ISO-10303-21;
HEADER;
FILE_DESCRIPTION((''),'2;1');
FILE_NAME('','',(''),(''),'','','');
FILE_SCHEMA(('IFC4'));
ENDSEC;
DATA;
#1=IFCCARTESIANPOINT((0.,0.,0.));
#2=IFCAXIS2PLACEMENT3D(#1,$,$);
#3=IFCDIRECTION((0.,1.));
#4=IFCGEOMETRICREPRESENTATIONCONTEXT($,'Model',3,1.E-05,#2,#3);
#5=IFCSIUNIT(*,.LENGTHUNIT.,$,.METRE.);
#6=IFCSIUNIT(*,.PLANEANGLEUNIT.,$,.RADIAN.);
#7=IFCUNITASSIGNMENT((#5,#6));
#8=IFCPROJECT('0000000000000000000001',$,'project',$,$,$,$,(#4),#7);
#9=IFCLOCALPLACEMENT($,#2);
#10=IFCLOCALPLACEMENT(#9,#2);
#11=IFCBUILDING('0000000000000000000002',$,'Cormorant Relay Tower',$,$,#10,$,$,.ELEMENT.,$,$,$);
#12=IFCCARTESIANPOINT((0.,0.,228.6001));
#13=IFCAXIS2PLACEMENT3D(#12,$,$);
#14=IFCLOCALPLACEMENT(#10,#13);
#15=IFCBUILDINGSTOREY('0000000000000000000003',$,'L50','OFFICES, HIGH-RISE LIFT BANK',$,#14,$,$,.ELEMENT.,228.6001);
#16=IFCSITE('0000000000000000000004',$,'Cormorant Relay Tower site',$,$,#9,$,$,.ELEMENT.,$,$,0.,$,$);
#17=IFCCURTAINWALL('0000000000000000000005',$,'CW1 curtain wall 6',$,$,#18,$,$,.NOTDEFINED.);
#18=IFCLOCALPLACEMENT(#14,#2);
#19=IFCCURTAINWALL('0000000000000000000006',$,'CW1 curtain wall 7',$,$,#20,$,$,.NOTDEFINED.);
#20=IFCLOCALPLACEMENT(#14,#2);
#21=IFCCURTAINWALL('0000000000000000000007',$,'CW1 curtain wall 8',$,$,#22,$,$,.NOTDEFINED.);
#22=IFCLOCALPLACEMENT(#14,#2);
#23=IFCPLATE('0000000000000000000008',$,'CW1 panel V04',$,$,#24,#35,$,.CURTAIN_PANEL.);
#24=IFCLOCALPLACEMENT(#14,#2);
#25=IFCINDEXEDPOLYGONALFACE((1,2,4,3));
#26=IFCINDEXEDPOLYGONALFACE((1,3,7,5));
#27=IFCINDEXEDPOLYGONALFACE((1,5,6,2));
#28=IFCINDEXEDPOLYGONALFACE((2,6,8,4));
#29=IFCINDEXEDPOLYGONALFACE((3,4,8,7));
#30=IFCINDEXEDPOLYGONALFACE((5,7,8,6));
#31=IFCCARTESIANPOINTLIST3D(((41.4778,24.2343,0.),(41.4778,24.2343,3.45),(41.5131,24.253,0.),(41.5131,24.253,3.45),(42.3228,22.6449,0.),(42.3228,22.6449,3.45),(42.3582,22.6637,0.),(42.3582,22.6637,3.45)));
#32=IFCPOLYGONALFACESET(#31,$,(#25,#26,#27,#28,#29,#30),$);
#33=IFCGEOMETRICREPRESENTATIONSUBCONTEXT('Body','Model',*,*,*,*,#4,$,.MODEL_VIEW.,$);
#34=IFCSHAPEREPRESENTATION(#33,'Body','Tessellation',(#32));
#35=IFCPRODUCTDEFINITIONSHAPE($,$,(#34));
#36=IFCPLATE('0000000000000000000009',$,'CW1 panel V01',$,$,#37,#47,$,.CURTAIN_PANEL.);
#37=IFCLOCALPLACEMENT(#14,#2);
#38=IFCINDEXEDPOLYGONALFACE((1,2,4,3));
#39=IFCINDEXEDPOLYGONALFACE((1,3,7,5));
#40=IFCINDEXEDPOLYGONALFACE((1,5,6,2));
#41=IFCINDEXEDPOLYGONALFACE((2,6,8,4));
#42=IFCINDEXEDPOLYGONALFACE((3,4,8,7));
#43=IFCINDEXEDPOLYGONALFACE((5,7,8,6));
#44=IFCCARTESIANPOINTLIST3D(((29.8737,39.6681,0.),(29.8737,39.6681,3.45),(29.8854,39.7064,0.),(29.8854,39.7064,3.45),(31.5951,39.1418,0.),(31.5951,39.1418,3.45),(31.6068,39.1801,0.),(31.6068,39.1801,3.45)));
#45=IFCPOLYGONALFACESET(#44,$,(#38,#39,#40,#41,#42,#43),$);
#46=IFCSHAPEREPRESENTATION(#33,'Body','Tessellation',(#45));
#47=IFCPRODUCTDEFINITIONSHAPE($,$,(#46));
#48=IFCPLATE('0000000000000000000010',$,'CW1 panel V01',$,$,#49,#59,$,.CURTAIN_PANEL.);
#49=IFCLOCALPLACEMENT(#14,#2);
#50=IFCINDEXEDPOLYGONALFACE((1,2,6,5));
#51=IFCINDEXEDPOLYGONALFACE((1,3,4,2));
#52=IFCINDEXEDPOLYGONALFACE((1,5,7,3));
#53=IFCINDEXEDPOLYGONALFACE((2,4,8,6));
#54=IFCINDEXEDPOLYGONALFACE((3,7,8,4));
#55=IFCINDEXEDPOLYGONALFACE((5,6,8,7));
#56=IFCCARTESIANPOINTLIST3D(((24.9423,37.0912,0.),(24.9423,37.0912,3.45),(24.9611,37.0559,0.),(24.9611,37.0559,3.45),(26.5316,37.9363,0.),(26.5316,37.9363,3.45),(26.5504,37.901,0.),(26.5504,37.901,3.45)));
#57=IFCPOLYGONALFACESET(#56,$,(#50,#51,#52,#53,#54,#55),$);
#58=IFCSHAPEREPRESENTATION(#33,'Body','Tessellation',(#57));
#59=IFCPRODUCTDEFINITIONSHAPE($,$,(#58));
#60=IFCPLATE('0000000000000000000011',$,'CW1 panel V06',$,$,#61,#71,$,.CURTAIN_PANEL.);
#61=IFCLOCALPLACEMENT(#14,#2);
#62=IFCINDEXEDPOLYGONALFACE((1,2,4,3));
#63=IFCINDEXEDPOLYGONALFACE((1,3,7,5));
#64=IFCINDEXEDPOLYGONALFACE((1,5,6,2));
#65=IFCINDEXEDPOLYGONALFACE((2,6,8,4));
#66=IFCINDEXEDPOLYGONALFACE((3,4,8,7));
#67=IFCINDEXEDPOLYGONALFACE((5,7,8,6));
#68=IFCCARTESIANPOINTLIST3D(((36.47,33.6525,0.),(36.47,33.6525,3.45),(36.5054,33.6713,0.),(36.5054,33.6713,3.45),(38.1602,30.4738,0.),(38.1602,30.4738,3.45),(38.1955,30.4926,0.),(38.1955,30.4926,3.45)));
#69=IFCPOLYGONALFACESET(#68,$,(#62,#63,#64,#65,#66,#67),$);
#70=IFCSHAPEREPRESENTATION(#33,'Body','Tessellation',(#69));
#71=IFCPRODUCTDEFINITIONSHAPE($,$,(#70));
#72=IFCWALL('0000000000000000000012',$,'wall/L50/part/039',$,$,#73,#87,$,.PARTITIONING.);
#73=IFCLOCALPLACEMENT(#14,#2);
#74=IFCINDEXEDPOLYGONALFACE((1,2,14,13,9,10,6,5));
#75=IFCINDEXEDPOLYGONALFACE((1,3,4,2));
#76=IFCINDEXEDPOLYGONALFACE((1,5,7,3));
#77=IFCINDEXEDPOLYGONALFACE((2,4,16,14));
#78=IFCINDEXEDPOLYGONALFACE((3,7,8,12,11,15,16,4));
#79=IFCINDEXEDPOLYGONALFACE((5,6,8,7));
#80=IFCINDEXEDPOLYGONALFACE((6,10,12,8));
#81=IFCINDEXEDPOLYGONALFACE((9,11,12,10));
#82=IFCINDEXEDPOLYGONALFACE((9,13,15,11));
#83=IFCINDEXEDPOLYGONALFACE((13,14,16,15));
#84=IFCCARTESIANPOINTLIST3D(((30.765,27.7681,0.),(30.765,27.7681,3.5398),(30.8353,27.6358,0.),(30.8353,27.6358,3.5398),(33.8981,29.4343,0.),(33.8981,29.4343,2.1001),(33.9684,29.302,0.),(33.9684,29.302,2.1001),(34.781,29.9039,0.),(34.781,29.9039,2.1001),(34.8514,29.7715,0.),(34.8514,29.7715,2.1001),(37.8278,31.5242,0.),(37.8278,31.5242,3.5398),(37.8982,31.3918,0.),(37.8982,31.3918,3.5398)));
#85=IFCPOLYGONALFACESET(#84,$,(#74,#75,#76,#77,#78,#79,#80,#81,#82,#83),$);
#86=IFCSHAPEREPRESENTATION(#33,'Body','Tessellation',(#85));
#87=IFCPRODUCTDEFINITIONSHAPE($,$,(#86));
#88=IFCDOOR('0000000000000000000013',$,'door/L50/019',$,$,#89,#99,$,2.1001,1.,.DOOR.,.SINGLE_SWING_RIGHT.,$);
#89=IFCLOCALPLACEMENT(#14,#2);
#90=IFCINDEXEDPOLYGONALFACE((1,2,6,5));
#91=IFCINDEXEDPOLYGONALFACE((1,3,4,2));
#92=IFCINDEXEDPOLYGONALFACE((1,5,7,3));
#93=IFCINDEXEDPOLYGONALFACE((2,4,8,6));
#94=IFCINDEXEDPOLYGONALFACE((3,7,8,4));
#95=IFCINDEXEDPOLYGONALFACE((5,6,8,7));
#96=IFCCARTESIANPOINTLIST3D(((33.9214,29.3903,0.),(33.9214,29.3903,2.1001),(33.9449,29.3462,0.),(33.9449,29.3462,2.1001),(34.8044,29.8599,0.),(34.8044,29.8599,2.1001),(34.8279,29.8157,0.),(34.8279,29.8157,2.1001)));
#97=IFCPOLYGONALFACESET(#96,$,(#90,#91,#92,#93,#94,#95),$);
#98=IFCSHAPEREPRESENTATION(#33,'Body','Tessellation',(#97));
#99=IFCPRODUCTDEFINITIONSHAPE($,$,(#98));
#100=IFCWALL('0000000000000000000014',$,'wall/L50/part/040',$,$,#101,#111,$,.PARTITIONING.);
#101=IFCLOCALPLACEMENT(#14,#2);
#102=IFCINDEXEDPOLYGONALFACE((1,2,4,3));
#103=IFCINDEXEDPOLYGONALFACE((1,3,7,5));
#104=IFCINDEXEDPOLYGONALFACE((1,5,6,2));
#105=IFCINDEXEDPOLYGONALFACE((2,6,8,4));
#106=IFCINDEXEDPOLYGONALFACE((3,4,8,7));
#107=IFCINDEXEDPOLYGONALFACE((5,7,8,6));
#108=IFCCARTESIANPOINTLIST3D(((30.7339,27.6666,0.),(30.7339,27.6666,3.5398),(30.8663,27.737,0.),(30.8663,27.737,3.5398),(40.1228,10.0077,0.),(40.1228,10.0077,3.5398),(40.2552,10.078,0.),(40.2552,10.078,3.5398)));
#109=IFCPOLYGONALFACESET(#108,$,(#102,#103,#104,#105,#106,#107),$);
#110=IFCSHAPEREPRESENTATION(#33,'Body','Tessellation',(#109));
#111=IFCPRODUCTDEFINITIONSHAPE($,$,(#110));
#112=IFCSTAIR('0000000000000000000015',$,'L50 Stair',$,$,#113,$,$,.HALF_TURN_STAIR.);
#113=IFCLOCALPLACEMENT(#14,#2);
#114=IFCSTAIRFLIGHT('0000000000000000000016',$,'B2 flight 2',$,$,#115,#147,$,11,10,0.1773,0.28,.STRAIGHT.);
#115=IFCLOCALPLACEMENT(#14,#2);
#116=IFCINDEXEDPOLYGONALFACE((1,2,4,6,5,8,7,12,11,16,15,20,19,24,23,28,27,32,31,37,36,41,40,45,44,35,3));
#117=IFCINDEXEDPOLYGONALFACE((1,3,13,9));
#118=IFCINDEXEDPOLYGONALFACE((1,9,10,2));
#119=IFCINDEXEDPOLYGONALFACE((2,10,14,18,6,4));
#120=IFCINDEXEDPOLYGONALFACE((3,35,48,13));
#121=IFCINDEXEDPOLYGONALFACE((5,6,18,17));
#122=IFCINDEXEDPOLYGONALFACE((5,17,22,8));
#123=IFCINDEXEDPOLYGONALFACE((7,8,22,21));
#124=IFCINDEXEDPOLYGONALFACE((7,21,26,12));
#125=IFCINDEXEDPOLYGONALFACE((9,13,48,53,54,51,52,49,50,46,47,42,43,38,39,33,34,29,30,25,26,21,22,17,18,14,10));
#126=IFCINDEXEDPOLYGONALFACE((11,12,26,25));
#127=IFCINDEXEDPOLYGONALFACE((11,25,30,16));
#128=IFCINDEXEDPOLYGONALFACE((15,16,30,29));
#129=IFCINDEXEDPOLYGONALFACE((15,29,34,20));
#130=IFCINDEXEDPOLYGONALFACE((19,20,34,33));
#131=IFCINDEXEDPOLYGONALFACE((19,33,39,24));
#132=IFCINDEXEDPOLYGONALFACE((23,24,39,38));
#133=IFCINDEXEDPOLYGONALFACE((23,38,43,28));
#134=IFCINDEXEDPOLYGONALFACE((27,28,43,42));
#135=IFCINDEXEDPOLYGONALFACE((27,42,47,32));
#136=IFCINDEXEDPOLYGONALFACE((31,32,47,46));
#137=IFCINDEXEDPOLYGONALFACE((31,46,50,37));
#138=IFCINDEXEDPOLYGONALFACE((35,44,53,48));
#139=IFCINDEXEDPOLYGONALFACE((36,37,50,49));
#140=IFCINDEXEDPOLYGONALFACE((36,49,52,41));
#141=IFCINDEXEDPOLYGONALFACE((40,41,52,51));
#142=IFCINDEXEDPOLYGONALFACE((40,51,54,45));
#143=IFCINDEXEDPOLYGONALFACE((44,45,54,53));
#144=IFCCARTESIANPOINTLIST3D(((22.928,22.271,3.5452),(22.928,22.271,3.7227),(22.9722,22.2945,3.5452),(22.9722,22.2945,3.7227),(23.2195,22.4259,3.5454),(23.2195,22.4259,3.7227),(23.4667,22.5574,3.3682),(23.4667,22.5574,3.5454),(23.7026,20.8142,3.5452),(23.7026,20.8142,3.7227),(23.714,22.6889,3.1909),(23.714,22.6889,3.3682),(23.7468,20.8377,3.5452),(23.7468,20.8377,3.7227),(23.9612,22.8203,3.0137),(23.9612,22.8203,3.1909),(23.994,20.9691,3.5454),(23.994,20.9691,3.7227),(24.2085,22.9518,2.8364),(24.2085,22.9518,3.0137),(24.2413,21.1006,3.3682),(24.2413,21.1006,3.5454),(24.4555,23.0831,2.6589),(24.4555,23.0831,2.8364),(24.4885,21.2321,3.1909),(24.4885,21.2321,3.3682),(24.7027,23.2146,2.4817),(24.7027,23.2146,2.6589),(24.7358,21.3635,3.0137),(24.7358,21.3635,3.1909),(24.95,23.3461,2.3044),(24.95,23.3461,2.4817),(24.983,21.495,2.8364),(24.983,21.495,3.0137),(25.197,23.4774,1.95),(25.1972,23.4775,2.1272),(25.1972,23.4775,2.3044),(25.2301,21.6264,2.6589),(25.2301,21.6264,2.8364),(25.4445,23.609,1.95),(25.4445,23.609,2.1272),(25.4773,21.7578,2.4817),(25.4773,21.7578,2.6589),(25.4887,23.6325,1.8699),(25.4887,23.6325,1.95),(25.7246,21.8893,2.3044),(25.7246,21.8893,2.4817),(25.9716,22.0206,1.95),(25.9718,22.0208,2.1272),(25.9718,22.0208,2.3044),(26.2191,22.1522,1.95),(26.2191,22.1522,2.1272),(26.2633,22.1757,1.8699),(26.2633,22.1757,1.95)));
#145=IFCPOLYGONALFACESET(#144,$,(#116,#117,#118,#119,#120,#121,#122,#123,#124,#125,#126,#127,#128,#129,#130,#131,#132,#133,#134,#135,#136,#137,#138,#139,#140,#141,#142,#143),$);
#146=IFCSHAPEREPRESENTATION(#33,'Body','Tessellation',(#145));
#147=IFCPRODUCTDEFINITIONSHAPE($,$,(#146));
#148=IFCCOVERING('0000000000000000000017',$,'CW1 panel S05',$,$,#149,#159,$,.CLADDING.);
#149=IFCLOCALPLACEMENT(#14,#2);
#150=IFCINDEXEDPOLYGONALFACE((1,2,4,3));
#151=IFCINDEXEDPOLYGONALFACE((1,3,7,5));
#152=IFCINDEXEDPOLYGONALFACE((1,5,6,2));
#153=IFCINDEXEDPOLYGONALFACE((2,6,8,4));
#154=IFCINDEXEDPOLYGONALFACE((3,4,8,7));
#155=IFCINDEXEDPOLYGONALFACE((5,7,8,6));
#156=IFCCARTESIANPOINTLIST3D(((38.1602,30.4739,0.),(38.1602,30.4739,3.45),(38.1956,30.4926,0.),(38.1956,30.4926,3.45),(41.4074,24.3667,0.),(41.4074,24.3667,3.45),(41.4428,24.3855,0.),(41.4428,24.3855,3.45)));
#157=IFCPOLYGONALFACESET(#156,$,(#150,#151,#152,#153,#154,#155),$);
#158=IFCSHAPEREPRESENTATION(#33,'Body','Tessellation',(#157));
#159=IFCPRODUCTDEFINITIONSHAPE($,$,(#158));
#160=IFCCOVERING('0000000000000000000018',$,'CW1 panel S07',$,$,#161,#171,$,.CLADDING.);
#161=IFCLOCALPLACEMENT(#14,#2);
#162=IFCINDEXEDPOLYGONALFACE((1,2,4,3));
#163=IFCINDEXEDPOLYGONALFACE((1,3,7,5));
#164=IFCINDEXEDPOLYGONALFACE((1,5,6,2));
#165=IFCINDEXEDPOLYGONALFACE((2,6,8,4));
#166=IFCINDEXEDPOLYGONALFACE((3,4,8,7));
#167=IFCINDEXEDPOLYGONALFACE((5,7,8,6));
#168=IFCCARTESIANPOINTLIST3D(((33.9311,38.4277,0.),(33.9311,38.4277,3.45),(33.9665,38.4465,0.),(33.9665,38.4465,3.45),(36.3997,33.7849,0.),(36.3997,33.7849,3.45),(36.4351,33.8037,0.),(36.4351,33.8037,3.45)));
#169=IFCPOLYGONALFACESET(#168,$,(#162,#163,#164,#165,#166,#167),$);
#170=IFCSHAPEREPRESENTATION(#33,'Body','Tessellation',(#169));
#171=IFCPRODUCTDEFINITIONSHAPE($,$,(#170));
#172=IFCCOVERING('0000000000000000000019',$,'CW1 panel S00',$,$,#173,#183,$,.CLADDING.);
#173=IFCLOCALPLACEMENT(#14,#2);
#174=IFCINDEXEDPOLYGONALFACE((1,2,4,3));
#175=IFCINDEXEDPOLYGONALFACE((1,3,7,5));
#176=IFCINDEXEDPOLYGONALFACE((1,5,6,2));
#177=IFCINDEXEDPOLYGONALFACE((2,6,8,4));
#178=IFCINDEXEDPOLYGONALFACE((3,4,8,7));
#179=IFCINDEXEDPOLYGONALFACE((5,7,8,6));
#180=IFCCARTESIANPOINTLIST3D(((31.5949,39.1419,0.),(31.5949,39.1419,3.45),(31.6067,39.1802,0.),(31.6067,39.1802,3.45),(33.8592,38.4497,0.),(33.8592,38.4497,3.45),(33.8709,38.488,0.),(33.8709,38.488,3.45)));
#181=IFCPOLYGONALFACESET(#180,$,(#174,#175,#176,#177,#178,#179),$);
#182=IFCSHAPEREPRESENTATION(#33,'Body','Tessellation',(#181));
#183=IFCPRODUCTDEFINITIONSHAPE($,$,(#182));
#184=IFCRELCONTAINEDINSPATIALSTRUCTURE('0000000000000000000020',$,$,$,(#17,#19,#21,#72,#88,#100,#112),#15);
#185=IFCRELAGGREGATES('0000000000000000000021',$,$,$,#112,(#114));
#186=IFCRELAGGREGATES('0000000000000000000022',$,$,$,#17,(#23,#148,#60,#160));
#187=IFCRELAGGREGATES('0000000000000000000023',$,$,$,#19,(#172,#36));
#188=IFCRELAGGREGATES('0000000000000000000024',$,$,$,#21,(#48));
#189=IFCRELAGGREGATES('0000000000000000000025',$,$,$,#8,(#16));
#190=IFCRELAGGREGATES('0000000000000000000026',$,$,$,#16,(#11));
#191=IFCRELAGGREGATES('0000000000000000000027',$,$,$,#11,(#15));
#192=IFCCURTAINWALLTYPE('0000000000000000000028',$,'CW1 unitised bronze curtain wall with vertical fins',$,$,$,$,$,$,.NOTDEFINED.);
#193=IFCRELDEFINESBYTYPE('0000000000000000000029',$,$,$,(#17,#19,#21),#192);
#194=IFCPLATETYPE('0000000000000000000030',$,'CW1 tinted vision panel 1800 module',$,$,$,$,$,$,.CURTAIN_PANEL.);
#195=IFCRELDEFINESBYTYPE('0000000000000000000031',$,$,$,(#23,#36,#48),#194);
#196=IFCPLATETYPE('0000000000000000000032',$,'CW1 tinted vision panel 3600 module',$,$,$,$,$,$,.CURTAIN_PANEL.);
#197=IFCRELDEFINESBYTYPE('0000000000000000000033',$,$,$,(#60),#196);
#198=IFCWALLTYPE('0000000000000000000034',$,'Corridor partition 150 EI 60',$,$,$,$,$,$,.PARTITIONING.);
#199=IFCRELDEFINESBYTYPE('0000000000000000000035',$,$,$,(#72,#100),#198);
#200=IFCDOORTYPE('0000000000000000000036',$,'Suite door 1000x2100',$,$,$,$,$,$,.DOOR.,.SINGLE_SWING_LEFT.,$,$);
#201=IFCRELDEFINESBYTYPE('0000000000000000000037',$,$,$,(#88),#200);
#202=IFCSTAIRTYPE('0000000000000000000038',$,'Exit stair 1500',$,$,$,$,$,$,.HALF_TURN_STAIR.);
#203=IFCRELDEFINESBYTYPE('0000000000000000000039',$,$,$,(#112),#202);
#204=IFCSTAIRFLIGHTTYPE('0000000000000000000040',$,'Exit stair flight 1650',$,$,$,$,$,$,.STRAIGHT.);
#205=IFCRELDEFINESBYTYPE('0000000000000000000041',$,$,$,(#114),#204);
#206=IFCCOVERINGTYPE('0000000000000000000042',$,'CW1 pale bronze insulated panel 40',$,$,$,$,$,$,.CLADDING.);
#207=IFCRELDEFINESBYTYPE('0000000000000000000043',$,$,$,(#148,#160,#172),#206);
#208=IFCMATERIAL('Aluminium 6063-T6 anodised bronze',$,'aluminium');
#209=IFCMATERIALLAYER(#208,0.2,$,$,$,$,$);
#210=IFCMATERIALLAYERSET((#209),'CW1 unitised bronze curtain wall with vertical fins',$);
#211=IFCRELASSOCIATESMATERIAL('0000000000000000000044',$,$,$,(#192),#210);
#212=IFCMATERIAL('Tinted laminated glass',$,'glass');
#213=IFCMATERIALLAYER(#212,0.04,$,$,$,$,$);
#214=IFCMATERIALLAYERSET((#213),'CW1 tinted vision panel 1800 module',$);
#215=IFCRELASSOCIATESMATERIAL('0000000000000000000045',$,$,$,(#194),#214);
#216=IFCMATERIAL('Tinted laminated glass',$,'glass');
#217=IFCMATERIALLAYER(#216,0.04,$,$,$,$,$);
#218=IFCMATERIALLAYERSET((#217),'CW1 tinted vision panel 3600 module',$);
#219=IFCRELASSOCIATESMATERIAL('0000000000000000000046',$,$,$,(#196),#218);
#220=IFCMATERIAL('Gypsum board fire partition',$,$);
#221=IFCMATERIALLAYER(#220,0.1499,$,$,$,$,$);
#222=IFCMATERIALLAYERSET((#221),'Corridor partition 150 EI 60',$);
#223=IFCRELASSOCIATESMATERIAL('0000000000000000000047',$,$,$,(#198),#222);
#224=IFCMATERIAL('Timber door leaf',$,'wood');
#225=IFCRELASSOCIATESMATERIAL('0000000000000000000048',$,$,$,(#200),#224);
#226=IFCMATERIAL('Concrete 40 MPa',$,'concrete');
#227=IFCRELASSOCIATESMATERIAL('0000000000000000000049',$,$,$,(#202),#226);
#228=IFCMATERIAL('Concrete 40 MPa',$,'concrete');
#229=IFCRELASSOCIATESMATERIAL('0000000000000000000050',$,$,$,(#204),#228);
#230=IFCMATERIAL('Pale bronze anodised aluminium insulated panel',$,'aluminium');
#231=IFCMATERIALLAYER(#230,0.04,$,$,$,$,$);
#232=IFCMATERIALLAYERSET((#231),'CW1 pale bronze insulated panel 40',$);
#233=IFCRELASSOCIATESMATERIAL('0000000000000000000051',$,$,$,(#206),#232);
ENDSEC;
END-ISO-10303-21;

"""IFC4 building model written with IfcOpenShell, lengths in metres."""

from ifc_helpers import new_model, si_unit, direction, frame, frame_2d, origin, origin_2d, place, context, subcontext, project, spatial, polyline, rectangle, outline, extrude, material, layer, layer_set, type_object, element, fill, aggregate, save


model = new_model("IFC4")

# Units and contexts
model_context = context("Model", 3, precision=1e-05, world=origin(), true_north=direction((0.0, 1.0)))
body_context = subcontext(model_context, "Body", "Model", "MODEL_VIEW")
ifc_project = project(units=[si_unit("LENGTHUNIT", "METRE"), si_unit("PLANEANGLEUNIT", "RADIAN")], contexts=[model_context])

# Site, building, storey
site_placement = place(None, origin())
site = spatial("IfcSite", under=ifc_project, at=site_placement, Name="Cormorant Relay Tower site", CompositionType="ELEMENT", RefElevation=0.0)
building_placement = place(site_placement, origin())
building = spatial("IfcBuilding", under=site, at=building_placement, Name="Cormorant Relay Tower", CompositionType="ELEMENT")
storey_placement = place(building_placement, frame((0.0, 0.0, 228.6001)))
storey = spatial("IfcBuildingStorey", under=building, at=storey_placement, Name="L50", Description="OFFICES, HIGH-RISE LIFT BANK", CompositionType="ELEMENT", Elevation=228.6001)

# Curtain wall
ifc_material_1 = material(Name="Aluminium 6063-T6 anodised bronze", Category="aluminium")
ifc_layer_1 = layer(ifc_material_1, 0.2)
ifc_layer_set_1 = layer_set([ifc_layer_1], Name="CW1 unitised bronze curtain wall with vertical fins")
curtain_wall_type = type_object("IfcCurtainWallType", Name="CW1 unitised bronze curtain wall with vertical fins", PredefinedType="NOTDEFINED", material=ifc_layer_set_1)
curtain_wall_1_placement = place(storey_placement, origin())
curtain_wall_1 = element("IfcCurtainWall", 1, at=curtain_wall_1_placement, inside=storey, type_object=curtain_wall_type, Name="CW1 curtain wall 6", PredefinedType="NOTDEFINED")

# Curtain walls
curtain_wall_2_placement = place(storey_placement, origin())
curtain_wall_2 = element("IfcCurtainWall", 2, at=curtain_wall_2_placement, inside=storey, type_object=curtain_wall_type, Name="CW1 curtain wall 7", PredefinedType="NOTDEFINED")
curtain_wall_3_placement = place(storey_placement, origin())
curtain_wall_3 = element("IfcCurtainWall", 3, at=curtain_wall_3_placement, inside=storey, type_object=curtain_wall_type, Name="CW1 curtain wall 8", PredefinedType="NOTDEFINED")

# Plates
ifc_material_2 = material(Name="Tinted laminated glass", Category="glass")
ifc_layer_2 = layer(ifc_material_2, 0.04)
ifc_layer_set_2 = layer_set([ifc_layer_2], Name="CW1 tinted vision panel 1800 module")
plate_type_1 = type_object("IfcPlateType", Name="CW1 tinted vision panel 1800 module", PredefinedType="CURTAIN_PANEL", material=ifc_layer_set_2)
plate_1_placement = place(storey_placement, frame((41.918, 23.449, 0.0), z_axis=(0.0, 0.0, 1.0), x_axis=(-0.469472, 0.882948, 0.0)))
plate_1 = element("IfcPlate", 4, at=plate_1_placement, type_object=plate_type_1, Name="CW1 panel V04", PredefinedType="CURTAIN_PANEL", context=body_context, shape_type="SweptSolid", body=[
    extrude(rectangle(XDim=1.8, YDim=0.04, at=origin_2d()), origin(), (0.0, 0.0, 1.0), 3.45),
])
plate_2_placement = place(storey_placement, frame((30.7402, 39.4241, 0.0), z_axis=(0.0, 0.0, 1.0), x_axis=(-0.956305, 0.292372, 0.0)))
plate_2 = element("IfcPlate", 5, at=plate_2_placement, type_object=plate_type_1, Name="CW1 panel V01", PredefinedType="CURTAIN_PANEL", context=body_context, shape_type="SweptSolid", body=[
    extrude(rectangle(XDim=1.8, YDim=0.04, at=origin_2d()), origin(), (0.0, 0.0, 1.0), 3.45),
])
plate_3_placement = place(storey_placement, frame((25.7463, 37.4961, 0.0), z_axis=(0.0, 0.0, 1.0), x_axis=(-0.882948, -0.469472, 0.0)))
plate_3 = element("IfcPlate", 6, at=plate_3_placement, type_object=plate_type_1, Name="CW1 panel V01", PredefinedType="CURTAIN_PANEL", context=body_context, shape_type="SweptSolid", body=[
    extrude(rectangle(XDim=1.8, YDim=0.04, at=origin_2d()), origin(), (0.0, 0.0, 1.0), 3.45),
])
ifc_material_3 = material(Name="Tinted laminated glass", Category="glass")
ifc_layer_3 = layer(ifc_material_3, 0.04)
ifc_layer_set_3 = layer_set([ifc_layer_3], Name="CW1 tinted vision panel 3600 module")
plate_type_2 = type_object("IfcPlateType", Name="CW1 tinted vision panel 3600 module", PredefinedType="CURTAIN_PANEL", material=ifc_layer_set_3)
plate_4_placement = place(storey_placement, frame((37.3328, 32.0725, 0.0), z_axis=(0.0, 0.0, 1.0), x_axis=(-0.469472, 0.882948, 0.0)))
plate_4 = element("IfcPlate", 7, at=plate_4_placement, type_object=plate_type_2, Name="CW1 panel V06", PredefinedType="CURTAIN_PANEL", context=body_context, shape_type="SweptSolid", body=[
    extrude(rectangle(XDim=3.6001, YDim=0.04, at=origin_2d()), origin(), (0.0, 0.0, 1.0), 3.45),
])

# Wall, opening, door
ifc_material_4 = material(Name="Gypsum board fire partition")
ifc_layer_4 = layer(ifc_material_4, 0.1499)
ifc_layer_set_4 = layer_set([ifc_layer_4], Name="Corridor partition 150 EI 60")
wall_type = type_object("IfcWallType", Name="Corridor partition 150 EI 60", PredefinedType="PARTITIONING", material=ifc_layer_set_4)
wall_1_placement = place(storey_placement, frame((37.863, 31.458, 0.0), z_axis=(0.0, 0.0, 1.0), x_axis=(-0.882914, -0.469535, 0.0)))
wall_1 = element("IfcWall", 8, at=wall_1_placement, inside=storey, type_object=wall_type, Name="wall/L50/part/039", PredefinedType="PARTITIONING", context=body_context, shape_type="SweptSolid", body=[
    extrude(rectangle(XDim=7.9995, YDim=0.1499, at=frame_2d((3.9998, 0.0))), origin(), (0.0, 0.0, 1.0), 3.5398),
])
opening_placement = place(wall_1_placement, frame((3.4509, 0.0, 0.0)))
opening = element("IfcOpeningElement", 9, at=opening_placement, cuts=wall_1, PredefinedType="OPENING", context=body_context, shape_type="SweptSolid", body=[
    extrude(rectangle(XDim=1.0, YDim=2.1001, at=frame_2d((0.5, 1.05))), frame((0.0, 0.085, 0.0), z_axis=(0.0, -1.0, 0.0), x_axis=(1.0, 0.0, 0.0)), (0.0, 0.0, 1.0), 0.1699),
])
ifc_material_5 = material(Name="Timber door leaf", Category="wood")
door_type = type_object("IfcDoorType", Name="Suite door 1000x2100", OperationType="SINGLE_SWING_LEFT", PredefinedType="DOOR", material=ifc_material_5)
door_placement = place(opening_placement, origin())
door = element("IfcDoor", 10, at=door_placement, inside=storey, type_object=door_type, Name="door/L50/019", OperationType="SINGLE_SWING_RIGHT", OverallHeight=2.1001, OverallWidth=1.0, PredefinedType="DOOR", context=body_context, shape_type="SweptSolid", body=[
    extrude(rectangle(XDim=1.0, YDim=2.1001, at=frame_2d((0.5, 1.05))), frame((0.0, 0.0249, 0.0), z_axis=(0.0, -1.0, 0.0), x_axis=(1.0, 0.0, 0.0)), (0.0, 0.0, 1.0), 0.05),
])
fill(opening, door)

# Wall
wall_2_placement = place(storey_placement, frame((30.8, 27.7019, 0.0), z_axis=(0.0, 0.0, 1.0), x_axis=(0.469452, -0.882958, 0.0)))
element("IfcWall", 11, at=wall_2_placement, inside=storey, type_object=wall_type, Name="wall/L50/part/040", PredefinedType="PARTITIONING", context=body_context, shape_type="SweptSolid", body=[
    extrude(rectangle(XDim=19.9998, YDim=0.1499, at=frame_2d((10.0, 0.0))), origin(), (0.0, 0.0, 1.0), 3.5398),
])

# Stair, stair flight
ifc_material_6 = material(Name="Concrete 40 MPa", Category="concrete")
stair_type = type_object("IfcStairType", Name="Exit stair 1500", PredefinedType="HALF_TURN_STAIR", material=ifc_material_6)
stair_placement = place(storey_placement, origin())
stair = element("IfcStair", 12, at=stair_placement, inside=storey, type_object=stair_type, Name="L50 Stair", PredefinedType="HALF_TURN_STAIR")
ifc_material_7 = material(Name="Concrete 40 MPa", Category="concrete")
stair_flight_type = type_object("IfcStairFlightType", Name="Exit stair flight 1650", PredefinedType="STRAIGHT", material=ifc_material_7)
stair_flight_placement = place(storey_placement, frame((25.8318, 22.8806, 1.95), z_axis=(0.0, 0.0, 1.0), x_axis=(-0.882948, -0.469472, 0.0)))
stair_flight = element("IfcStairFlight", 13, at=stair_flight_placement, type_object=stair_flight_type, Name="B2 flight 2", NumberOfRisers=11, NumberOfTreads=10, PredefinedType="STRAIGHT", RiserHeight=0.1773, TreadLength=0.28, context=body_context, shape_type="SweptSolid", body=[
    extrude(outline(polyline([(-0.05, -0.0801), (-0.05, 0.0), (0.0, 0.0), (0.0, 0.1772), (0.28, 0.1772), (0.28, 0.3545), (0.5601, 0.3545), (0.5601, 0.5317), (0.8401, 0.5317), (0.8401, 0.709), (1.1201, 0.709), (1.1201, 0.8865), (1.3999, 0.8865), (1.3999, 1.0637), (1.6799, 1.0637), (1.6799, 1.241), (1.96, 1.241), (1.96, 1.4182), (2.24, 1.4182), (2.24, 1.5955), (2.52, 1.5955), (2.52, 1.7727), (2.8, 1.7727), (2.8501, 1.7727), (2.8501, 1.5952), (2.8, 1.5952), (0.2803, 0.0), (-0.05, -0.0801)])), frame((0.0, 0.825, 0.0), z_axis=(0.0, -1.0, 0.0), x_axis=(1.0, 0.0, 0.0)), (0.0, 0.0, 1.0), 1.6499),
])
aggregate(stair, [stair_flight])

# Coverings
ifc_material_8 = material(Name="Pale bronze anodised aluminium insulated panel", Category="aluminium")
ifc_layer_5 = layer(ifc_material_8, 0.04)
ifc_layer_set_5 = layer_set([ifc_layer_5], Name="CW1 pale bronze insulated panel 40")
covering_type = type_object("IfcCoveringType", Name="CW1 pale bronze insulated panel 40", PredefinedType="CLADDING", material=ifc_layer_set_5)
covering_1_placement = place(storey_placement, frame((39.8015, 27.4297, 0.0), z_axis=(0.0, 0.0, 1.0), x_axis=(-0.469472, 0.882948, 0.0)))
covering_1 = element("IfcCovering", 14, at=covering_1_placement, type_object=covering_type, Name="CW1 panel S05", PredefinedType="CLADDING", context=body_context, shape_type="SweptSolid", body=[
    extrude(rectangle(XDim=6.9167, YDim=0.04, at=origin_2d()), origin(), (0.0, 0.0, 1.0), 3.45),
])
covering_2_placement = place(storey_placement, frame((35.1831, 36.1157, 0.0), z_axis=(0.0, 0.0, 1.0), x_axis=(-0.469472, 0.882948, 0.0)))
covering_2 = element("IfcCovering", 15, at=covering_2_placement, type_object=covering_type, Name="CW1 panel S07", PredefinedType="CLADDING", context=body_context, shape_type="SweptSolid", body=[
    extrude(rectangle(XDim=5.2583, YDim=0.04, at=origin_2d()), origin(), (0.0, 0.0, 1.0), 3.45),
])
aggregate(curtain_wall_1, [plate_1, covering_1, plate_4, covering_2])
covering_3_placement = place(storey_placement, frame((32.7329, 38.8149, 0.0), z_axis=(0.0, 0.0, 1.0), x_axis=(-0.956305, 0.292372, 0.0)))
covering_3 = element("IfcCovering", 16, at=covering_3_placement, type_object=covering_type, Name="CW1 panel S00", PredefinedType="CLADDING", context=body_context, shape_type="SweptSolid", body=[
    extrude(rectangle(XDim=2.3677, YDim=0.04, at=origin_2d()), origin(), (0.0, 0.0, 1.0), 3.45),
])
aggregate(curtain_wall_2, [covering_3, plate_2])
aggregate(curtain_wall_3, [plate_3])

save(model, "model.ifc")
